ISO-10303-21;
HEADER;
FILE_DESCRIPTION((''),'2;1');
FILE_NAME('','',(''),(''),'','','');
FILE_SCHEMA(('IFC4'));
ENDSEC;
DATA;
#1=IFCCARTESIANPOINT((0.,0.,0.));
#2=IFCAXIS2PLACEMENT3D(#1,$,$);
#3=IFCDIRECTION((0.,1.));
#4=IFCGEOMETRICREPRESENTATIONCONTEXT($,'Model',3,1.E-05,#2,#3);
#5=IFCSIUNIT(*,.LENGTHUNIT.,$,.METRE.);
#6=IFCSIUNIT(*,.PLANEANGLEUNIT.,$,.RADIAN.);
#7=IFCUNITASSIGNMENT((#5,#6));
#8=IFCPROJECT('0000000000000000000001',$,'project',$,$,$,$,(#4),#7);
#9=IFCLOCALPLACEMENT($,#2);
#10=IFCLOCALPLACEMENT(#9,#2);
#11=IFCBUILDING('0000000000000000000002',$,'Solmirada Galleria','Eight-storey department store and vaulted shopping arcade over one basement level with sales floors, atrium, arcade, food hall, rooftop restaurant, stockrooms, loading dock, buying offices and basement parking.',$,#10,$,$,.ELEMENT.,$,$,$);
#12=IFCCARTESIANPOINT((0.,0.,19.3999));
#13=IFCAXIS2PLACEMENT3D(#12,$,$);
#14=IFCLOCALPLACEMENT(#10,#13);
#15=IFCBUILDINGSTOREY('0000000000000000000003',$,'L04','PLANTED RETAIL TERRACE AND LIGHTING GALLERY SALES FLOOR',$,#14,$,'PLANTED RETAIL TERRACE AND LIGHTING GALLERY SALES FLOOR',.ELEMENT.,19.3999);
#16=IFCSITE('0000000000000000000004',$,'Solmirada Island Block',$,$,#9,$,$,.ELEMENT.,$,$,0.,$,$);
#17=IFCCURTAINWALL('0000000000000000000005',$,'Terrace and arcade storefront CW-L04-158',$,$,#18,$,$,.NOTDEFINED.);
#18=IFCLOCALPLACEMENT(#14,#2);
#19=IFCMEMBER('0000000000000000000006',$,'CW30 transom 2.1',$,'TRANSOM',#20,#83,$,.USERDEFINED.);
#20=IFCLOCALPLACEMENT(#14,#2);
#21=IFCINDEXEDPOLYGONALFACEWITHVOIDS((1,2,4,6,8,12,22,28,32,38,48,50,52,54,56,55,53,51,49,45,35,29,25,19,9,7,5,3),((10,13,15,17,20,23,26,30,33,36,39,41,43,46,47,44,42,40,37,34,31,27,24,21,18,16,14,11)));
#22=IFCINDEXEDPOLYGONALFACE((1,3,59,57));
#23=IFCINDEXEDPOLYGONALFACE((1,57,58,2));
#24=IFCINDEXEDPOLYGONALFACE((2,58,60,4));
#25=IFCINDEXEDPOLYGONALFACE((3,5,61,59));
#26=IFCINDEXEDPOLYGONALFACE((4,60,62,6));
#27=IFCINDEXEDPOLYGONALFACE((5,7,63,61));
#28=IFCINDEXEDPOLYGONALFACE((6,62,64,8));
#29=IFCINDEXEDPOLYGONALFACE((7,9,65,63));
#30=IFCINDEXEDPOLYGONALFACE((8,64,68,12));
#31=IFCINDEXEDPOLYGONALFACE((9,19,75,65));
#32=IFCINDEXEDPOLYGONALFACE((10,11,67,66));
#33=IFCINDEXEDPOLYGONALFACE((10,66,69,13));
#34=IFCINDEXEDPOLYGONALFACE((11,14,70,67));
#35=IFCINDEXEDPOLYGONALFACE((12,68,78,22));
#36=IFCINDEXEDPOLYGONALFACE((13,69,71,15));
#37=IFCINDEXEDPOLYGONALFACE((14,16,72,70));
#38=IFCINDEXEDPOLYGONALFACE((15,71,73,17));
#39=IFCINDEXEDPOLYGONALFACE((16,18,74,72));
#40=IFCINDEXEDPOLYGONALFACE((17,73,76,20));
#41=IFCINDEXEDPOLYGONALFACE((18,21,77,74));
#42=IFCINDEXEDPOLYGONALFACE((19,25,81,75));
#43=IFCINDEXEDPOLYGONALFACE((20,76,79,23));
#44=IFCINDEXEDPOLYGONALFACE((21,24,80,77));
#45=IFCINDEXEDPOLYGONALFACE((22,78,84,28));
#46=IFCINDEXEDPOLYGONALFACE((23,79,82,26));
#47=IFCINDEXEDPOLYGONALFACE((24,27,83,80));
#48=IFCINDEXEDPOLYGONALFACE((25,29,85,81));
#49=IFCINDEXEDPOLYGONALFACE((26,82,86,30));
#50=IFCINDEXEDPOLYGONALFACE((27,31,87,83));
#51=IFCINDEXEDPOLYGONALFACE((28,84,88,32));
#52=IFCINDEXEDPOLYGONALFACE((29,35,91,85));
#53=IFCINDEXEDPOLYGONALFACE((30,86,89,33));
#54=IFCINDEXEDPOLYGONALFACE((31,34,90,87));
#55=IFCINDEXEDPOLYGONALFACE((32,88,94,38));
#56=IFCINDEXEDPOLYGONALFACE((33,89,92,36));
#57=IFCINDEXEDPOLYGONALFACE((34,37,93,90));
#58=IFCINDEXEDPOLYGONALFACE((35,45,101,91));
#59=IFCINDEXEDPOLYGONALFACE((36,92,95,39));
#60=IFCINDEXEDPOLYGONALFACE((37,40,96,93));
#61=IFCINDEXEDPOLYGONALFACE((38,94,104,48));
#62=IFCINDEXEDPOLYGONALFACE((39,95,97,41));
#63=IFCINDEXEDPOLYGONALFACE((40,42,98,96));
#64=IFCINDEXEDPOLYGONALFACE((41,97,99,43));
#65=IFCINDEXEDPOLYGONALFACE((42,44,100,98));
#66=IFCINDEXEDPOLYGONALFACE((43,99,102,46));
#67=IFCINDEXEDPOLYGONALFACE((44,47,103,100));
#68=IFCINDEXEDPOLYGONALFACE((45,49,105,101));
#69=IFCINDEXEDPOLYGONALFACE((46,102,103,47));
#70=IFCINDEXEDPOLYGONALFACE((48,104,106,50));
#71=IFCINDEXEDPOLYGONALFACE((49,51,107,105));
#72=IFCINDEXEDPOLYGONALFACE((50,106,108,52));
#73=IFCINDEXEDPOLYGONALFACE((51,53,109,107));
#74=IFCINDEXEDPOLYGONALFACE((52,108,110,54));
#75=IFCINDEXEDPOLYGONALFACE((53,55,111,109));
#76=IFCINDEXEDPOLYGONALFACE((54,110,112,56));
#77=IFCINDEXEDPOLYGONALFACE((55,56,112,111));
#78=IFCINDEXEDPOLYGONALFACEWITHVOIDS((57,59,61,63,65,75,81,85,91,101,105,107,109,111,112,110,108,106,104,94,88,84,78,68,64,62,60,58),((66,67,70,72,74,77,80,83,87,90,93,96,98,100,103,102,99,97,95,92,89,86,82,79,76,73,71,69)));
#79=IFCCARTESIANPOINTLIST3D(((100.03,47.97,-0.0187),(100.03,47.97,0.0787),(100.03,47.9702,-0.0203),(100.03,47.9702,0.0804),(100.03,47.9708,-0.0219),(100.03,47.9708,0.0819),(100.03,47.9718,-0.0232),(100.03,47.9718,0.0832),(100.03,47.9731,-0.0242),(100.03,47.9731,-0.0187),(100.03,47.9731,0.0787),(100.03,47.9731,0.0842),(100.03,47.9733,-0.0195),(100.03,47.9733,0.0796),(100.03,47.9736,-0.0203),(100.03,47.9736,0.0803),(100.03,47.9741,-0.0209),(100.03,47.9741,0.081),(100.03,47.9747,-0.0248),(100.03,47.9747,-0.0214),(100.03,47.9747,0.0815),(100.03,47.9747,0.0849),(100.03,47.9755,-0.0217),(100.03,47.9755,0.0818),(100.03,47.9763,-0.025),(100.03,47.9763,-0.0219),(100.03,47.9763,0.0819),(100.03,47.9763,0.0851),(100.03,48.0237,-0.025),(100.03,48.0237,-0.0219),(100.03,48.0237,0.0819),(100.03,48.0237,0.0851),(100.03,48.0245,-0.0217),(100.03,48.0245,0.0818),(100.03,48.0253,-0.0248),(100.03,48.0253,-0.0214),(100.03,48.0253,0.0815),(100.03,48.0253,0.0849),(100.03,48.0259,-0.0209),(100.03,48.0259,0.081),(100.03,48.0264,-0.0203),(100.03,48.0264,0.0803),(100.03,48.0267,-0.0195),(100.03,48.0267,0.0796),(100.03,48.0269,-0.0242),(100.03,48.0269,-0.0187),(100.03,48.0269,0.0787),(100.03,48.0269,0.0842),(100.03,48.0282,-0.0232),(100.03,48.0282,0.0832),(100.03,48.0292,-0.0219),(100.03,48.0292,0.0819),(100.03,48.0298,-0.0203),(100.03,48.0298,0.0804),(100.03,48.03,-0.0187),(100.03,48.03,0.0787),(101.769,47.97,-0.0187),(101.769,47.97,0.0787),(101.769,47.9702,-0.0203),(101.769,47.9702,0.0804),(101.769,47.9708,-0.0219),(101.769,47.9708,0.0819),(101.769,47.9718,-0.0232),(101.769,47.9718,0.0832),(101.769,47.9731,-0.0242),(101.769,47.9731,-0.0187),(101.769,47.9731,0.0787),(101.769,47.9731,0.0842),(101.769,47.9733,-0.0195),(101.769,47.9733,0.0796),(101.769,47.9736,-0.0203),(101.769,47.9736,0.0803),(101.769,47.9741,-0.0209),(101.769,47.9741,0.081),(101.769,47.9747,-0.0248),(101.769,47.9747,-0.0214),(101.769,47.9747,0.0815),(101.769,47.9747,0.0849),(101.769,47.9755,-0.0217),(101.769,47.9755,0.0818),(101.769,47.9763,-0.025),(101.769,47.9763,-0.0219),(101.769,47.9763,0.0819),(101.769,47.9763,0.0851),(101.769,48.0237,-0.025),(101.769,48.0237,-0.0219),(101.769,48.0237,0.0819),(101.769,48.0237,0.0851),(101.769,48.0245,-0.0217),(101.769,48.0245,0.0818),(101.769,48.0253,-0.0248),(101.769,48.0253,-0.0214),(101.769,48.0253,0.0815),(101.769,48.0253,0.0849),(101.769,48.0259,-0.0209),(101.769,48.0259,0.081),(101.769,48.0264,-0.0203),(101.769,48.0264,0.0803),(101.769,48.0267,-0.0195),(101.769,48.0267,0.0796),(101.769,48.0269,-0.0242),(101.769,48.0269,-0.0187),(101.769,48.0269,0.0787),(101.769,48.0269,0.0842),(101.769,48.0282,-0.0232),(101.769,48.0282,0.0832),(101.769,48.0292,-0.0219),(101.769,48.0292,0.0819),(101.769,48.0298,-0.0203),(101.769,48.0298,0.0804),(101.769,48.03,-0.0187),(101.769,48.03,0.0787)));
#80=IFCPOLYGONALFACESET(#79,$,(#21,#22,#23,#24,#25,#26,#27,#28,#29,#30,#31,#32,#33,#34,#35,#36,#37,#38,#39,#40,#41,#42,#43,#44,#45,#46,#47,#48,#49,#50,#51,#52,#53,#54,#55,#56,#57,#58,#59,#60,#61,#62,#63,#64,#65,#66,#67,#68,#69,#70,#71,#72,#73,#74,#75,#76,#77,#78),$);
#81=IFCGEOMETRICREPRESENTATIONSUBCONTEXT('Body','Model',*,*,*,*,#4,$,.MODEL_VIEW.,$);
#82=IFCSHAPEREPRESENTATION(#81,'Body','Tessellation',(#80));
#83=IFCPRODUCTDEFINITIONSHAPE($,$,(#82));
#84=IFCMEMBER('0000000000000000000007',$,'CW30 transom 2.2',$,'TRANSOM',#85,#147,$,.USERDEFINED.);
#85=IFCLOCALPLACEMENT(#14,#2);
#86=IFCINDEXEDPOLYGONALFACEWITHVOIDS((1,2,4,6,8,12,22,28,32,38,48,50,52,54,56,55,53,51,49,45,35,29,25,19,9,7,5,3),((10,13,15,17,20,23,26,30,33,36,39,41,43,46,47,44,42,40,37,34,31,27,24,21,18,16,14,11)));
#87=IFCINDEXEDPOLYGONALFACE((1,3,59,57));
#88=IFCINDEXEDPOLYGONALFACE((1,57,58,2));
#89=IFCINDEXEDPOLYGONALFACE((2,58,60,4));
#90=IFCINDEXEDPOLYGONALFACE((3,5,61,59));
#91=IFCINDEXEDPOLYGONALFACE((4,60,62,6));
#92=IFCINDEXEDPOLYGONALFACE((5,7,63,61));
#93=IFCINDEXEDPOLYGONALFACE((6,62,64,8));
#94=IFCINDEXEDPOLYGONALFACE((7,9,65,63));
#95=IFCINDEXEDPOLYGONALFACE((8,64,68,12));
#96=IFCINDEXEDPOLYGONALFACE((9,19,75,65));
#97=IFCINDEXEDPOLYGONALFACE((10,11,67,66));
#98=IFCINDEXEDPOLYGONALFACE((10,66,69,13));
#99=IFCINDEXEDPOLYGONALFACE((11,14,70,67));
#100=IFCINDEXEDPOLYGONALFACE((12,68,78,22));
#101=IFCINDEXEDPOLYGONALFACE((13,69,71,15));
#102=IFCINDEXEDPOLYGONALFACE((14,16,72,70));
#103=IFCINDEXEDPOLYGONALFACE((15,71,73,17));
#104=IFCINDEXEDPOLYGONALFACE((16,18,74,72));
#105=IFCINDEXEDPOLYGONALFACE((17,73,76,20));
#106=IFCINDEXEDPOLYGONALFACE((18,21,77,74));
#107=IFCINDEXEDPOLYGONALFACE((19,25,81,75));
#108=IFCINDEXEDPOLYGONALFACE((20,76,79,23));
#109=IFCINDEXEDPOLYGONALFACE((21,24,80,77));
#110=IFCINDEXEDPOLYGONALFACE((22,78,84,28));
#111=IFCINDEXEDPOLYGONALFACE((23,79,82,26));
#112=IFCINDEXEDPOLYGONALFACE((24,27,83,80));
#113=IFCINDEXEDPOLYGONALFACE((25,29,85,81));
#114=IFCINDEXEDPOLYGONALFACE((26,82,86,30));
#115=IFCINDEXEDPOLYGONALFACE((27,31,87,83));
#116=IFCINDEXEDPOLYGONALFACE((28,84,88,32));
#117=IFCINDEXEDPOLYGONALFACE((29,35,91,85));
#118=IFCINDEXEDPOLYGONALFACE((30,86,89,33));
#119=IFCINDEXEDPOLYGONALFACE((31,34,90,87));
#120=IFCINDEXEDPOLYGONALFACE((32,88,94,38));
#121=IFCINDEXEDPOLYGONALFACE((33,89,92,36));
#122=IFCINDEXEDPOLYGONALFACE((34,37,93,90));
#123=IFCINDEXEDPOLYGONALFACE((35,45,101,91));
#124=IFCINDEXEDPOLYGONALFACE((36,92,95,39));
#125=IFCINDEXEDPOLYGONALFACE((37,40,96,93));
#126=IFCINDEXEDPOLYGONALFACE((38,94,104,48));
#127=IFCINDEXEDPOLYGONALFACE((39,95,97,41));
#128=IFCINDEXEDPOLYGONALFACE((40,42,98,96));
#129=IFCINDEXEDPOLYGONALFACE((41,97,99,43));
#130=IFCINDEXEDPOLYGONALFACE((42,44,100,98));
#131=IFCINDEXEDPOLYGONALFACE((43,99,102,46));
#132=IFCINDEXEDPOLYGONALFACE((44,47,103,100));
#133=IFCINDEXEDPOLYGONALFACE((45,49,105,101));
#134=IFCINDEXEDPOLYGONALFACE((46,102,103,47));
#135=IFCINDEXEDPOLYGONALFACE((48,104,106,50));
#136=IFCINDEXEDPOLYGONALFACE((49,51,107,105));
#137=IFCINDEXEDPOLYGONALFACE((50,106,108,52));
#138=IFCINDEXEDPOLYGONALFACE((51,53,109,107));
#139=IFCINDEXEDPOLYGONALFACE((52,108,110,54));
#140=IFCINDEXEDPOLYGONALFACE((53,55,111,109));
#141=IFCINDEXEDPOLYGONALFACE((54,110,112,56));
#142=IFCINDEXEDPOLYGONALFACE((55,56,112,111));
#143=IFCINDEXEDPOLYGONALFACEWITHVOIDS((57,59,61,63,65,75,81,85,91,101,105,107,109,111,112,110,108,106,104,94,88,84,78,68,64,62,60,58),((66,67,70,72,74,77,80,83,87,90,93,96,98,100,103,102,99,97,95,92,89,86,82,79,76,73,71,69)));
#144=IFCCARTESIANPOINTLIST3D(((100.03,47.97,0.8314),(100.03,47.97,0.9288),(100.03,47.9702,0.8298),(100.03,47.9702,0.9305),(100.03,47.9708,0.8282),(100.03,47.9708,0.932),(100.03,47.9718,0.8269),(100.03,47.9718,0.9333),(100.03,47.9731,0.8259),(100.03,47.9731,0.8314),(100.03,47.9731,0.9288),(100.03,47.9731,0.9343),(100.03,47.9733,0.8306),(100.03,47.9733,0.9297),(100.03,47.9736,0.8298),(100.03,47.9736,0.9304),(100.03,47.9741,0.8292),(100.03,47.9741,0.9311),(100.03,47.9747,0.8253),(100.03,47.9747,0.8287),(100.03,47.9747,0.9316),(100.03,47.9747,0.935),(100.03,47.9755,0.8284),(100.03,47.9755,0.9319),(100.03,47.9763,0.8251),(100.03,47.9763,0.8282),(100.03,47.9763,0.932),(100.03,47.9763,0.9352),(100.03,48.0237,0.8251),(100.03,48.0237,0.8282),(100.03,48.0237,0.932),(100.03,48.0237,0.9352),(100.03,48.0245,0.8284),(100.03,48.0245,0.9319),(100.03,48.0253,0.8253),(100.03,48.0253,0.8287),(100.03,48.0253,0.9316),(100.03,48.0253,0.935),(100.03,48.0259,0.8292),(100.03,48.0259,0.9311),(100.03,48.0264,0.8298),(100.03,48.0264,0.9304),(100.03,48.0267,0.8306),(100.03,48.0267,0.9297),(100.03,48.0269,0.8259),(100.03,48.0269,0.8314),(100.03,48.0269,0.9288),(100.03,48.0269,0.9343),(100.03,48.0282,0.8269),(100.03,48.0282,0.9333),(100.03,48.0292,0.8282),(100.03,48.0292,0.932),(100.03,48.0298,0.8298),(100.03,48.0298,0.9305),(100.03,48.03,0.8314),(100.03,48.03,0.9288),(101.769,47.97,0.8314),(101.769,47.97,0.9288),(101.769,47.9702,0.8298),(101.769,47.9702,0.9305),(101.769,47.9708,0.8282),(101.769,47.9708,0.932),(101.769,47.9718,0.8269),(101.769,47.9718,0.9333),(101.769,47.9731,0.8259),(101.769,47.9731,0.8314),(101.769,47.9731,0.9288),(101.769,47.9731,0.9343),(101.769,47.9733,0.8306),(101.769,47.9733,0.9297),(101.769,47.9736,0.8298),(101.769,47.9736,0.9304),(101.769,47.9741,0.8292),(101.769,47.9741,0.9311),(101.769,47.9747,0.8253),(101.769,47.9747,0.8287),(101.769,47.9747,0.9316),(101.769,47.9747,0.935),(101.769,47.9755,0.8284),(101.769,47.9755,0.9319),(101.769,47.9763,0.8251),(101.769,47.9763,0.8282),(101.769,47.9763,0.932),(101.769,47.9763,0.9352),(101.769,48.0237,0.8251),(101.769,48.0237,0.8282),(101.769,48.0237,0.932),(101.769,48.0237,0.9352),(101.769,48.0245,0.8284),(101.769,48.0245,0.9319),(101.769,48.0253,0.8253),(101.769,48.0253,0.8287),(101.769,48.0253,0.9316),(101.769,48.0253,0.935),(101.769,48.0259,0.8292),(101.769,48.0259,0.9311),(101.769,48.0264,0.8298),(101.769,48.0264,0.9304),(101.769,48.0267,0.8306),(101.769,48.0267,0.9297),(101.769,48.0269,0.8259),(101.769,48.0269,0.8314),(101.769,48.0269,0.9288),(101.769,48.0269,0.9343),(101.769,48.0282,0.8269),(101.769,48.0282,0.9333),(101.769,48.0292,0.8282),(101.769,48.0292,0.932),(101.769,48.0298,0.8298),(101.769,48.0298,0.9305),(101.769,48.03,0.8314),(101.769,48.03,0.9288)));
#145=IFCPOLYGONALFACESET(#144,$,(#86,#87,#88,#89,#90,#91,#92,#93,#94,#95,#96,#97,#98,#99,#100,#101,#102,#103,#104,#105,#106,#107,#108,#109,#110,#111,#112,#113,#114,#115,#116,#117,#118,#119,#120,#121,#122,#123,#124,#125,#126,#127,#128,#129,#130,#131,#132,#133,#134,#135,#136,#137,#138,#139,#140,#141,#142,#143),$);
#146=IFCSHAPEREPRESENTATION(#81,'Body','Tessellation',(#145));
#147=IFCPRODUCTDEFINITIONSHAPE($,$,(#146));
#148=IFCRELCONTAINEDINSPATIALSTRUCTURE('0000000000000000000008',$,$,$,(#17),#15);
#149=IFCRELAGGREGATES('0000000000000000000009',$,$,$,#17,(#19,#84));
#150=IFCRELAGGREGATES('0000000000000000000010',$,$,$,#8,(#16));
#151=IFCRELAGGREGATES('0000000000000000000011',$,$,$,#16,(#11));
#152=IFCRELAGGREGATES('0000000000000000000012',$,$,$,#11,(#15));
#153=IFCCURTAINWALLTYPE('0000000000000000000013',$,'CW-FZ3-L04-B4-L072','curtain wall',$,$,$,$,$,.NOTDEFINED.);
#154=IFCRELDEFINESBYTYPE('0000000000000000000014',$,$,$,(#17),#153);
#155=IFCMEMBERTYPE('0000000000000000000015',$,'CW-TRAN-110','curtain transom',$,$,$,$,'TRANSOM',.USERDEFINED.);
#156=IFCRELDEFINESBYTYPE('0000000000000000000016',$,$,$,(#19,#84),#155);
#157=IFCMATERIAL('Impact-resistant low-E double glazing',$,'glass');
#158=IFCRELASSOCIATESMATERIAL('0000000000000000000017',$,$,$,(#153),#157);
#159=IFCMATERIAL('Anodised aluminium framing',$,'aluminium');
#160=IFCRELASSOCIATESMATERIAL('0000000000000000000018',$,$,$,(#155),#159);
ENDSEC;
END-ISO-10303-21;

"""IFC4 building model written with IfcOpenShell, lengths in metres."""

from ifc_helpers import new_model, si_unit, direction, frame, origin, origin_2d, place, context, subcontext, project, spatial, hollow_rectangle, extrude, material, material_profile, profile_set, type_object, element, aggregate, save


model = new_model("IFC4")

# Units and contexts
model_context = context("Model", 3, precision=1e-05, world=origin(), true_north=direction((0.0, 1.0)))
body_context = subcontext(model_context, "Body", "Model", "MODEL_VIEW")
ifc_project = project(units=[si_unit("LENGTHUNIT", "METRE"), si_unit("PLANEANGLEUNIT", "RADIAN")], contexts=[model_context])

# Site, building, storey
site_placement = place(None, origin())
site = spatial("IfcSite", under=ifc_project, at=site_placement, Name="Solmirada Island Block", CompositionType="ELEMENT", RefElevation=0.0)
building_placement = place(site_placement, origin())
building = spatial("IfcBuilding", under=site, at=building_placement, Name="Solmirada Galleria", Description="Eight-storey department store and vaulted shopping arcade over one basement level with sales floors, atrium, arcade, food hall, rooftop restaurant, stockrooms, loading dock, buying offices and basement parking.", CompositionType="ELEMENT")
storey_placement = place(building_placement, frame((0.0, 0.0, 19.3999)))
storey = spatial("IfcBuildingStorey", under=building, at=storey_placement, Name="L04", Description="PLANTED RETAIL TERRACE AND LIGHTING GALLERY SALES FLOOR", LongName="PLANTED RETAIL TERRACE AND LIGHTING GALLERY SALES FLOOR", CompositionType="ELEMENT", Elevation=19.3999)

# Curtain wall, members
ifc_material_1 = material(Name="Impact-resistant low-E double glazing", Category="glass")
curtain_wall_type = type_object("IfcCurtainWallType", Name="CW-FZ3-L04-B4-L072", Description="curtain wall", PredefinedType="NOTDEFINED", material=ifc_material_1)
curtain_wall_placement = place(storey_placement, origin())
curtain_wall = element("IfcCurtainWall", 1, at=curtain_wall_placement, inside=storey, type_object=curtain_wall_type, Name="Terrace and arcade storefront CW-L04-158", PredefinedType="NOTDEFINED")
ifc_material_2 = material(Name="Anodised aluminium framing", Category="aluminium")
ifc_material_profile_1 = material_profile(ifc_material_2, hollow_rectangle(XDim=0.0601, YDim=0.1101, WallThickness=0.0032, InnerFilletRadius=0.0032, OuterFilletRadius=0.0063, at=origin_2d()), Name="ALU-TRAN-110X60")
ifc_profile_set_1 = profile_set([ifc_material_profile_1], Name="Anodised aluminium framing")
member_type_1 = type_object("IfcMemberType", Name="CW-TRAN-110", Description="curtain transom", ElementType="TRANSOM", PredefinedType="USERDEFINED", material=ifc_profile_set_1)
member_1_placement = place(storey_placement, frame((101.769, 48.0, 0.03), z_axis=(-1.0, 0.0, 0.0), x_axis=(0.0, -1.0, 0.0)))
member_1 = element("IfcMember", 2, at=member_1_placement, type_object=member_type_1, Name="CW30 transom 2.1", ObjectType="TRANSOM", PredefinedType="USERDEFINED", context=body_context, shape_type="SweptSolid", body=[
    extrude(hollow_rectangle(XDim=0.0601, YDim=0.1101, WallThickness=0.0032, InnerFilletRadius=0.0032, OuterFilletRadius=0.0063, at=origin_2d()), origin(), (0.0, 0.0, 1.0), 1.739),
])
member_2_placement = place(storey_placement, frame((101.769, 48.0, 0.8801), z_axis=(-1.0, 0.0, 0.0), x_axis=(0.0, -1.0, 0.0)))
member_2 = element("IfcMember", 3, at=member_2_placement, type_object=member_type_1, Name="CW30 transom 2.2", ObjectType="TRANSOM", PredefinedType="USERDEFINED", context=body_context, shape_type="SweptSolid", body=[
    extrude(hollow_rectangle(XDim=0.0601, YDim=0.1101, WallThickness=0.0032, InnerFilletRadius=0.0032, OuterFilletRadius=0.0063, at=origin_2d()), origin(), (0.0, 0.0, 1.0), 1.739),
])
aggregate(curtain_wall, [member_1, member_2])

save(model, "model.ifc")
